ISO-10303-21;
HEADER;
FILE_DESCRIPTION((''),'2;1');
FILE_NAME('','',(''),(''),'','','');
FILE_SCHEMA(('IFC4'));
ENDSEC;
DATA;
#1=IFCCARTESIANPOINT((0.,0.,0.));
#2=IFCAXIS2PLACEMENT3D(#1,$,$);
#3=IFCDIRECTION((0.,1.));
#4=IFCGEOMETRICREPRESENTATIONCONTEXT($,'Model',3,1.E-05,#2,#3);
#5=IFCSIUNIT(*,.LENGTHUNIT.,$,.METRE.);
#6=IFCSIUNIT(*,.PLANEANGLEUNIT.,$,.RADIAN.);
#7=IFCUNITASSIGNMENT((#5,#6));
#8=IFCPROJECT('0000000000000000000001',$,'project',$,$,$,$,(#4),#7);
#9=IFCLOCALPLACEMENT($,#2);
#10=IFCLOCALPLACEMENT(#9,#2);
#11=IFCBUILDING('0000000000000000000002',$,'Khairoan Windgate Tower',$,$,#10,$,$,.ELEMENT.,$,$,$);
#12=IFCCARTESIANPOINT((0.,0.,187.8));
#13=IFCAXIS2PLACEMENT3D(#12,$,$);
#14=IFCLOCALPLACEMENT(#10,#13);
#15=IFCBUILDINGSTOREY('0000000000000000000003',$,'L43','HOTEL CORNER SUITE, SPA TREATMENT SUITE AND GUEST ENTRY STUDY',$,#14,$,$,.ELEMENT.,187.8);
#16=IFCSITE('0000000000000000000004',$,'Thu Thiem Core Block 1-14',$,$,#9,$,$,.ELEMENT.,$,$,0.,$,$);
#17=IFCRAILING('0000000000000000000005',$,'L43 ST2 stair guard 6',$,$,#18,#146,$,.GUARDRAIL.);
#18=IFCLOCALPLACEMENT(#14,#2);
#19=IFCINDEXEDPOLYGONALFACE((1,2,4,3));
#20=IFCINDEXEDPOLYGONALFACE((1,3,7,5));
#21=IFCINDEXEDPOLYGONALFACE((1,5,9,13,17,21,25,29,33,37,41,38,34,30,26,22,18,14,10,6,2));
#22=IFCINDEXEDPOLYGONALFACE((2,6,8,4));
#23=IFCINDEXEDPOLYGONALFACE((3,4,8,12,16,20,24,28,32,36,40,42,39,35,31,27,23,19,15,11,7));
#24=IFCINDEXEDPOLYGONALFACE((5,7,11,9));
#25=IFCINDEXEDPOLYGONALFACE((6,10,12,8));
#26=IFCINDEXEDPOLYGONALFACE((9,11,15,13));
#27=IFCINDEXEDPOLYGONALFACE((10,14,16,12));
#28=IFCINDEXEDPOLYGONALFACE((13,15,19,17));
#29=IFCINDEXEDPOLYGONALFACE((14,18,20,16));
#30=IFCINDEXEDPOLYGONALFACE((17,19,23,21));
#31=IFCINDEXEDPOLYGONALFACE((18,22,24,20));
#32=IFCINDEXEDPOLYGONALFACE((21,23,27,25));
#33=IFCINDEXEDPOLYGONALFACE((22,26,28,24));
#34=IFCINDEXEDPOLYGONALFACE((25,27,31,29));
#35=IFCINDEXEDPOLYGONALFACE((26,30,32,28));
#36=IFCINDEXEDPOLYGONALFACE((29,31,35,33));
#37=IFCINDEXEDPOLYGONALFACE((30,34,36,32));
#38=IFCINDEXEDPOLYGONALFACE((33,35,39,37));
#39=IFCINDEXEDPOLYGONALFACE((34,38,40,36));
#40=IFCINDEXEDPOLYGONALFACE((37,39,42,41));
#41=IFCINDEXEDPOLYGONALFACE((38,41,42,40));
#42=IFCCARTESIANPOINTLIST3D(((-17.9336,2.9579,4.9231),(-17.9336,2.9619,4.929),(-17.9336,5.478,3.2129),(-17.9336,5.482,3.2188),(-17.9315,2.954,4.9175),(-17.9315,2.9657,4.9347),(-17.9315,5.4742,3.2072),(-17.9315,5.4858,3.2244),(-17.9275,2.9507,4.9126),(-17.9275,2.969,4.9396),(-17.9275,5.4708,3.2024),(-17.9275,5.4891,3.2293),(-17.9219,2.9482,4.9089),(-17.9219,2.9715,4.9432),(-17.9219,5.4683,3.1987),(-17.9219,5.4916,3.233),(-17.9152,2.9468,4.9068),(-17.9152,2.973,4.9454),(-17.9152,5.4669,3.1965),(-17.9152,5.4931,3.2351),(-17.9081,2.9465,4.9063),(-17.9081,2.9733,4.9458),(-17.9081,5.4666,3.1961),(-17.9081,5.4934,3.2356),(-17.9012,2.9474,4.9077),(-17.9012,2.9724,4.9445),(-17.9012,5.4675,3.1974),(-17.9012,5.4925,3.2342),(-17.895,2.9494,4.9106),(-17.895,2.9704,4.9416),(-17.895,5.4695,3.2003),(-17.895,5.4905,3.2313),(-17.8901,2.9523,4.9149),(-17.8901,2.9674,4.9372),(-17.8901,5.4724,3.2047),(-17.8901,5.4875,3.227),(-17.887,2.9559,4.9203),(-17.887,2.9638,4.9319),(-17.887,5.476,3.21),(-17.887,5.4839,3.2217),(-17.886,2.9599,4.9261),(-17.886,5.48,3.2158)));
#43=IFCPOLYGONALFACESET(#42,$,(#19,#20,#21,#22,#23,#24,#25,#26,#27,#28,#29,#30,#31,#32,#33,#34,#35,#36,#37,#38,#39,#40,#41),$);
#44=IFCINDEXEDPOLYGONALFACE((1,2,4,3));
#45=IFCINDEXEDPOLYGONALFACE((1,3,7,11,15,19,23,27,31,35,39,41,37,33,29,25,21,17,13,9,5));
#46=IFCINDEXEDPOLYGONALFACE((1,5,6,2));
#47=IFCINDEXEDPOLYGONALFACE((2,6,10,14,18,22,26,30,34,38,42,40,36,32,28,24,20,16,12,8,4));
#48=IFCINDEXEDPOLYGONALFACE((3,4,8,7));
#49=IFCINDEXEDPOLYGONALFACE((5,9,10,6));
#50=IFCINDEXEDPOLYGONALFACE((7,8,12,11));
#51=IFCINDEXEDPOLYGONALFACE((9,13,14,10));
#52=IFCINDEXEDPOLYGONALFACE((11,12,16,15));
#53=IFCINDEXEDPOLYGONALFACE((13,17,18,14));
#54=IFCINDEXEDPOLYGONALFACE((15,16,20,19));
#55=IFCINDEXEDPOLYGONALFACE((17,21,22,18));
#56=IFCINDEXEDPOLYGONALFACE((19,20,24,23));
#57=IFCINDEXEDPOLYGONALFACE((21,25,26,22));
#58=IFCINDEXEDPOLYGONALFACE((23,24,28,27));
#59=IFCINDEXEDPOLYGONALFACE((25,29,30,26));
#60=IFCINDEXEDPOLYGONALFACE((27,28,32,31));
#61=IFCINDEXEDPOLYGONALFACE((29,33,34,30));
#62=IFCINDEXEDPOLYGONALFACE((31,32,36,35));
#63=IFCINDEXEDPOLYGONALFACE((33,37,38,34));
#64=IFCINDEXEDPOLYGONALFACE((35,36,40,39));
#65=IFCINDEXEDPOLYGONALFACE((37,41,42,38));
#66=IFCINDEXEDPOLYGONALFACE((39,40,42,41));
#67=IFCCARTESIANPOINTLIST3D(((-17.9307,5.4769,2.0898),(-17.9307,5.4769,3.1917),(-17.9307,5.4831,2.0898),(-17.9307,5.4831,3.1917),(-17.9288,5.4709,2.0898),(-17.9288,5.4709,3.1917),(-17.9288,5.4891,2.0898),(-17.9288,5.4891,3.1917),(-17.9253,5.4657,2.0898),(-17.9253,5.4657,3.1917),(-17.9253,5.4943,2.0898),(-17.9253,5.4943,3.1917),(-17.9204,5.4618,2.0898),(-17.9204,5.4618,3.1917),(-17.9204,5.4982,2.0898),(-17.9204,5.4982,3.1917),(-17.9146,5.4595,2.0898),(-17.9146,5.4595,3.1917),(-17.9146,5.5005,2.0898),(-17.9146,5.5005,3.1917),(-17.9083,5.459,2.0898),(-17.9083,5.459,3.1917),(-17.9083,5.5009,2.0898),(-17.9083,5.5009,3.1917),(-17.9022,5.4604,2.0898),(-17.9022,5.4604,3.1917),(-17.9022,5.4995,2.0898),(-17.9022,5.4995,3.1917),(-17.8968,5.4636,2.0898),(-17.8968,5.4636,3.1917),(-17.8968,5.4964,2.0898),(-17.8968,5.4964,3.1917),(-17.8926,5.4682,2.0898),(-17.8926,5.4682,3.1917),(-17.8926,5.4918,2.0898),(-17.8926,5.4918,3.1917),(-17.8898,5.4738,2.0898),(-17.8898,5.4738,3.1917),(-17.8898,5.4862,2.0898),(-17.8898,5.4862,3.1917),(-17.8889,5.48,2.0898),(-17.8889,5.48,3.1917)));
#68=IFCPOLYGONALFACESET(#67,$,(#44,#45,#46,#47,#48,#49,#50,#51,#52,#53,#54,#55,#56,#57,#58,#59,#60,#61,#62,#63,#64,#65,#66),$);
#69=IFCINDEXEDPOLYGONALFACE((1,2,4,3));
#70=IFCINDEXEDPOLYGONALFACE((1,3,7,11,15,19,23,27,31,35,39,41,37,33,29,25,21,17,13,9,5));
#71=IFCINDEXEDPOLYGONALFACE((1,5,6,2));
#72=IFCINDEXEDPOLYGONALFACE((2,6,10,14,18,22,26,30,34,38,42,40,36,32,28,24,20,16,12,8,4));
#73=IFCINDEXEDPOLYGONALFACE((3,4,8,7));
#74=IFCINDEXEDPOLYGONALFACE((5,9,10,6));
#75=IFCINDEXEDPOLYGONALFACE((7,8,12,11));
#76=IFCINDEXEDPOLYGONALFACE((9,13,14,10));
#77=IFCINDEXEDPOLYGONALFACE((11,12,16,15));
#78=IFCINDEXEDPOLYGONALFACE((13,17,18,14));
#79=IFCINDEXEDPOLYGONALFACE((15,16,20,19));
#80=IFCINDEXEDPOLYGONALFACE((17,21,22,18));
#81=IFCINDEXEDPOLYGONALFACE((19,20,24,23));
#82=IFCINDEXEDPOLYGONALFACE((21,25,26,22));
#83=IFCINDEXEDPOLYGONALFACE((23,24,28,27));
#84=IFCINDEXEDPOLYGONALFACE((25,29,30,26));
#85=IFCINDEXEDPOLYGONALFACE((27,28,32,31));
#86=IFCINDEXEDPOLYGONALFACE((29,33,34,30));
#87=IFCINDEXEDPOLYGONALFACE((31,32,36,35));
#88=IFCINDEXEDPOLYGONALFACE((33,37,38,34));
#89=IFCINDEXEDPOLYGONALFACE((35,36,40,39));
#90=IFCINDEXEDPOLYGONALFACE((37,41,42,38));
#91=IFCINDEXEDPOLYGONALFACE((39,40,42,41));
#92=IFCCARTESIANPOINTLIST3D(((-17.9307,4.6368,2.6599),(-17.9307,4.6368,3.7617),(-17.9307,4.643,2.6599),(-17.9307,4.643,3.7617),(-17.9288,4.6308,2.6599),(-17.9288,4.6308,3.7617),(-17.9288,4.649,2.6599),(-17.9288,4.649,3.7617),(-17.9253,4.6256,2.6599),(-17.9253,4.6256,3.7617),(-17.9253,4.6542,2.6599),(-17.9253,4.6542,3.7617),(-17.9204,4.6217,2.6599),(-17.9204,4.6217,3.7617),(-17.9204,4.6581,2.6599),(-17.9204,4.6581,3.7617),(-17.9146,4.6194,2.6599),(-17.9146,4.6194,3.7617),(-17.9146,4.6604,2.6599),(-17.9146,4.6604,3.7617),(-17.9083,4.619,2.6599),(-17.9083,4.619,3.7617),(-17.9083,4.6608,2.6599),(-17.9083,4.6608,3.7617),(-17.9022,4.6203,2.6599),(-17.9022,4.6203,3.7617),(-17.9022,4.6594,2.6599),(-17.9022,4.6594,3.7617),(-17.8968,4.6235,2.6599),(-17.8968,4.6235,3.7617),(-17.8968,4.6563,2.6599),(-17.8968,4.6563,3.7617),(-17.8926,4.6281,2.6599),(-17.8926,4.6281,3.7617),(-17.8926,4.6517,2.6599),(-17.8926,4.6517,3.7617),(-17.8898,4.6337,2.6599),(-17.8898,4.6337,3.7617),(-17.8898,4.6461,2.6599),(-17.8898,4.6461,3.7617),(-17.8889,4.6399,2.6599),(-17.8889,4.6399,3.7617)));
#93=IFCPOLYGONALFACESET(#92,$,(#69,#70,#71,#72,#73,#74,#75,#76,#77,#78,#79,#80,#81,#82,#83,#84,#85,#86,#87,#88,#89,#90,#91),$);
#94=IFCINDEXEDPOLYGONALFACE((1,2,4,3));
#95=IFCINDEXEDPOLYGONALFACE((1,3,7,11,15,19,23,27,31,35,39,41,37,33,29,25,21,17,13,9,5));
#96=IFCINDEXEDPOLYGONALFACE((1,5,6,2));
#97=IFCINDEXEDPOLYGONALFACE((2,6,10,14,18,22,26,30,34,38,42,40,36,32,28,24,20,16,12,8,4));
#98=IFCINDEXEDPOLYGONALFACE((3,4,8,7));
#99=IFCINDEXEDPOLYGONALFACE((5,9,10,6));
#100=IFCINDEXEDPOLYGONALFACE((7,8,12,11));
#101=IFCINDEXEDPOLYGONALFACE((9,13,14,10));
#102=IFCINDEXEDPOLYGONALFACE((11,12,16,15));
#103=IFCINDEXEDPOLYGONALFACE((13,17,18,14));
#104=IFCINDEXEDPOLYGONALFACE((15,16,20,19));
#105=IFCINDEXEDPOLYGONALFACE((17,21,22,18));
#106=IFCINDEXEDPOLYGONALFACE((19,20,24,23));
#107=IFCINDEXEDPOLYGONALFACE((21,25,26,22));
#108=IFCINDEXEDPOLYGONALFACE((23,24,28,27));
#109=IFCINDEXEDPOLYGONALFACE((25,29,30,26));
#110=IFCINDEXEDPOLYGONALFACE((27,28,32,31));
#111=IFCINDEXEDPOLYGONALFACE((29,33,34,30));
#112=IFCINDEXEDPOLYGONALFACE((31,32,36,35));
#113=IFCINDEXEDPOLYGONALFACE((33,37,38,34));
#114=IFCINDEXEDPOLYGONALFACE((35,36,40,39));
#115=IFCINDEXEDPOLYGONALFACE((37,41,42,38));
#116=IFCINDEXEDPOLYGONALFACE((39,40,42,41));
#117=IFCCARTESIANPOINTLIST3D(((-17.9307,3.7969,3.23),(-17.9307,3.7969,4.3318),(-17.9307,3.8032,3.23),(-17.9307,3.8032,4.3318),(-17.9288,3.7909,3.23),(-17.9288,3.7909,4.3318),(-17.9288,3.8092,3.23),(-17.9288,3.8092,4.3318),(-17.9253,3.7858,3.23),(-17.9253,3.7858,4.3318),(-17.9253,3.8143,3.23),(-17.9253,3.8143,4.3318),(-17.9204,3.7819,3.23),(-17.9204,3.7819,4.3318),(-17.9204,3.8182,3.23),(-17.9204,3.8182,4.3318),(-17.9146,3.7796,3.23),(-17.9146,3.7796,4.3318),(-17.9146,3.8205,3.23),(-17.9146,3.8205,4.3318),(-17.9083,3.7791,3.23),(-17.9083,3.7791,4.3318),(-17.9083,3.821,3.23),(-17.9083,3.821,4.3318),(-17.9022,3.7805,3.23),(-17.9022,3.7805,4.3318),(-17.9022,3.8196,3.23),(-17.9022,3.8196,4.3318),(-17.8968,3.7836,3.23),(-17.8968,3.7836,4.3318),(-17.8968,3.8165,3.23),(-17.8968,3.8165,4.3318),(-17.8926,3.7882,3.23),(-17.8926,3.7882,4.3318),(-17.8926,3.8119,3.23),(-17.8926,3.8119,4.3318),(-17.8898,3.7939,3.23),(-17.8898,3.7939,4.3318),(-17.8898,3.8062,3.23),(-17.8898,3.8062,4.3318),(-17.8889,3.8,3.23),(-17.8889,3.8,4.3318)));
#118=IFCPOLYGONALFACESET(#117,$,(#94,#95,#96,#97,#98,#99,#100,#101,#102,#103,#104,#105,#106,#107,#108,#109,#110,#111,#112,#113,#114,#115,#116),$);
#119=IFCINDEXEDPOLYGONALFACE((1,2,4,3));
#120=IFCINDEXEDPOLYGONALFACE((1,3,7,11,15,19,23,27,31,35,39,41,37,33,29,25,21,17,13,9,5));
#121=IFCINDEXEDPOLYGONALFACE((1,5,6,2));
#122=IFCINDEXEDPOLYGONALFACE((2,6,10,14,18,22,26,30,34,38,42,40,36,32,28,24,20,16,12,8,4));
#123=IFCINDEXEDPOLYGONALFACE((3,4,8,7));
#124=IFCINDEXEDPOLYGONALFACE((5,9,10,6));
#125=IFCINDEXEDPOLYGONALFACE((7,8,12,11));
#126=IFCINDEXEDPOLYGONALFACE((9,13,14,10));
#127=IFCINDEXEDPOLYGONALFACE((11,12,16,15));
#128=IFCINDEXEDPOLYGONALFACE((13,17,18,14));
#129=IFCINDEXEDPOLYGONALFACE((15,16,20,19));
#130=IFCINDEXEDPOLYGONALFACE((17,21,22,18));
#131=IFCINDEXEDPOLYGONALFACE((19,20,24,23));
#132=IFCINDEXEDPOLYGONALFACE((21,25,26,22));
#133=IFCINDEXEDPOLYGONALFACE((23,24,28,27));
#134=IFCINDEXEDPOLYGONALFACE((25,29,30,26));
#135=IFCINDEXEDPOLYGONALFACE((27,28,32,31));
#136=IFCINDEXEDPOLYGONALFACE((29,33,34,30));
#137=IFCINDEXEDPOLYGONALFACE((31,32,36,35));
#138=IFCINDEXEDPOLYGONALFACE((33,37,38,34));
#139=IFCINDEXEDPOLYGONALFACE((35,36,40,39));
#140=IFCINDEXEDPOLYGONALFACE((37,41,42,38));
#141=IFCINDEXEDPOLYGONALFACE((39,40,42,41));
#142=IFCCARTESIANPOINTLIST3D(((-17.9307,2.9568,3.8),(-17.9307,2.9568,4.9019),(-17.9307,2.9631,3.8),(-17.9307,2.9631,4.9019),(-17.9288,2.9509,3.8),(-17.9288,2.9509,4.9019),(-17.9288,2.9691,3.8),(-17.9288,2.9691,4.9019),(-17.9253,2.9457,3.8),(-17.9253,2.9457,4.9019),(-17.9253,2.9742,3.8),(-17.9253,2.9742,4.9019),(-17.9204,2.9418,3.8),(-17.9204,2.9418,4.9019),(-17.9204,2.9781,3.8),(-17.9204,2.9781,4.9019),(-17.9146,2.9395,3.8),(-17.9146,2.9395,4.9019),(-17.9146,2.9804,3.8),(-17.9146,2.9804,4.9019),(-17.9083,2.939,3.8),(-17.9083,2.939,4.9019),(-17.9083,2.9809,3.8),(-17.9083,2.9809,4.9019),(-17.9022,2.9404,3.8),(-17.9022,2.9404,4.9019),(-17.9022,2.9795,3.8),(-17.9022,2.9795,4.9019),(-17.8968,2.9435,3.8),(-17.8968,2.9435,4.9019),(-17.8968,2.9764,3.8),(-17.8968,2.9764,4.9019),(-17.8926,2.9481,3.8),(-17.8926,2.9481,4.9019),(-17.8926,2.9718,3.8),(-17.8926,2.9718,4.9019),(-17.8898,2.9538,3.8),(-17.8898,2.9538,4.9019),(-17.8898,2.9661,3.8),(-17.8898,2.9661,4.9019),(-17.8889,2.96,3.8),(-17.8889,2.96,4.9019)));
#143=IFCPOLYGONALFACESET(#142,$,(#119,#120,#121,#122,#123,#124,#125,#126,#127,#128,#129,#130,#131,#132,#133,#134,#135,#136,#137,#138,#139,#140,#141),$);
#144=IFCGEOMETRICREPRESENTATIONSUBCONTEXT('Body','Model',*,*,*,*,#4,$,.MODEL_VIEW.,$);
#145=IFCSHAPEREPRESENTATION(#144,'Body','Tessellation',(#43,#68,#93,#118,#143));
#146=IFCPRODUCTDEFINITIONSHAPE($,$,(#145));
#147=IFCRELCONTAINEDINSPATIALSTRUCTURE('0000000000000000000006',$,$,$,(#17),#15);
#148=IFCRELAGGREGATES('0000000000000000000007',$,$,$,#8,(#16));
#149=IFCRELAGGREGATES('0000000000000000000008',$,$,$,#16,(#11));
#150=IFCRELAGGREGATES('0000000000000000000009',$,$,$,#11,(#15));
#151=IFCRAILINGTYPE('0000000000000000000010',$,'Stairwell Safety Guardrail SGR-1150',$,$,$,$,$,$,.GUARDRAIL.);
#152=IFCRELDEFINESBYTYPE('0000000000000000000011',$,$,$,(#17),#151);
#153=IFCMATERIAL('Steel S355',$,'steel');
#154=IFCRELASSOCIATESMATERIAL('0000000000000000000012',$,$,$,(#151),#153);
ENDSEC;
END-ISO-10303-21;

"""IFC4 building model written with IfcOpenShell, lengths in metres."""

from ifc_helpers import new_model, si_unit, direction, frame, origin, origin_2d, place, context, subcontext, project, spatial, circle, extrude, material, type_object, element, save


model = new_model("IFC4")

# Units and contexts
model_context = context("Model", 3, precision=1e-05, world=origin(), true_north=direction((0.0, 1.0)))
body_context = subcontext(model_context, "Body", "Model", "MODEL_VIEW")
ifc_project = project(units=[si_unit("LENGTHUNIT", "METRE"), si_unit("PLANEANGLEUNIT", "RADIAN")], contexts=[model_context])

# Site, building, storey
site_placement = place(None, origin())
site = spatial("IfcSite", under=ifc_project, at=site_placement, Name="Thu Thiem Core Block 1-14", CompositionType="ELEMENT", RefElevation=0.0)
building_placement = place(site_placement, origin())
building = spatial("IfcBuilding", under=site, at=building_placement, Name="Khairoan Windgate Tower", CompositionType="ELEMENT")
storey_placement = place(building_placement, frame((0.0, 0.0, 187.8)))
storey = spatial("IfcBuildingStorey", under=building, at=storey_placement, Name="L43", Description="HOTEL CORNER SUITE, SPA TREATMENT SUITE AND GUEST ENTRY STUDY", CompositionType="ELEMENT", Elevation=187.8)

# Railing
ifc_material_1 = material(Name="Steel S355", Category="steel")
railing_type_1 = type_object("IfcRailingType", Name="Stairwell Safety Guardrail SGR-1150", PredefinedType="GUARDRAIL", material=ifc_material_1)
railing_1_placement = place(storey_placement, frame((-17.9099, 5.48, 2.0898)))
element("IfcRailing", 1, at=railing_1_placement, inside=storey, type_object=railing_type_1, Name="L43 ST2 stair guard 6", PredefinedType="GUARDRAIL", context=body_context, shape_type="SweptSolid", body=[
    extrude(circle(Radius=0.0239, at=origin_2d()), frame((0.0, 0.0, 1.126), z_axis=(0.0, -0.827447, 0.561545), x_axis=(1.0, 0.0, 0.0)), (0.0, 0.0, 1.0), 3.0457),
    extrude(circle(Radius=0.021, at=origin_2d()), origin(), (0.0, 0.0, 1.0), 1.1018),
    extrude(circle(Radius=0.021, at=origin_2d()), frame((0.0, -0.8401, 0.5701)), (0.0, 0.0, 1.0), 1.1018),
    extrude(circle(Radius=0.021, at=origin_2d()), frame((0.0, -1.6799, 1.1401)), (0.0, 0.0, 1.0), 1.1018),
    extrude(circle(Radius=0.021, at=origin_2d()), frame((0.0, -2.52, 1.7102)), (0.0, 0.0, 1.0), 1.1018),
])

save(model, "model.ifc")
